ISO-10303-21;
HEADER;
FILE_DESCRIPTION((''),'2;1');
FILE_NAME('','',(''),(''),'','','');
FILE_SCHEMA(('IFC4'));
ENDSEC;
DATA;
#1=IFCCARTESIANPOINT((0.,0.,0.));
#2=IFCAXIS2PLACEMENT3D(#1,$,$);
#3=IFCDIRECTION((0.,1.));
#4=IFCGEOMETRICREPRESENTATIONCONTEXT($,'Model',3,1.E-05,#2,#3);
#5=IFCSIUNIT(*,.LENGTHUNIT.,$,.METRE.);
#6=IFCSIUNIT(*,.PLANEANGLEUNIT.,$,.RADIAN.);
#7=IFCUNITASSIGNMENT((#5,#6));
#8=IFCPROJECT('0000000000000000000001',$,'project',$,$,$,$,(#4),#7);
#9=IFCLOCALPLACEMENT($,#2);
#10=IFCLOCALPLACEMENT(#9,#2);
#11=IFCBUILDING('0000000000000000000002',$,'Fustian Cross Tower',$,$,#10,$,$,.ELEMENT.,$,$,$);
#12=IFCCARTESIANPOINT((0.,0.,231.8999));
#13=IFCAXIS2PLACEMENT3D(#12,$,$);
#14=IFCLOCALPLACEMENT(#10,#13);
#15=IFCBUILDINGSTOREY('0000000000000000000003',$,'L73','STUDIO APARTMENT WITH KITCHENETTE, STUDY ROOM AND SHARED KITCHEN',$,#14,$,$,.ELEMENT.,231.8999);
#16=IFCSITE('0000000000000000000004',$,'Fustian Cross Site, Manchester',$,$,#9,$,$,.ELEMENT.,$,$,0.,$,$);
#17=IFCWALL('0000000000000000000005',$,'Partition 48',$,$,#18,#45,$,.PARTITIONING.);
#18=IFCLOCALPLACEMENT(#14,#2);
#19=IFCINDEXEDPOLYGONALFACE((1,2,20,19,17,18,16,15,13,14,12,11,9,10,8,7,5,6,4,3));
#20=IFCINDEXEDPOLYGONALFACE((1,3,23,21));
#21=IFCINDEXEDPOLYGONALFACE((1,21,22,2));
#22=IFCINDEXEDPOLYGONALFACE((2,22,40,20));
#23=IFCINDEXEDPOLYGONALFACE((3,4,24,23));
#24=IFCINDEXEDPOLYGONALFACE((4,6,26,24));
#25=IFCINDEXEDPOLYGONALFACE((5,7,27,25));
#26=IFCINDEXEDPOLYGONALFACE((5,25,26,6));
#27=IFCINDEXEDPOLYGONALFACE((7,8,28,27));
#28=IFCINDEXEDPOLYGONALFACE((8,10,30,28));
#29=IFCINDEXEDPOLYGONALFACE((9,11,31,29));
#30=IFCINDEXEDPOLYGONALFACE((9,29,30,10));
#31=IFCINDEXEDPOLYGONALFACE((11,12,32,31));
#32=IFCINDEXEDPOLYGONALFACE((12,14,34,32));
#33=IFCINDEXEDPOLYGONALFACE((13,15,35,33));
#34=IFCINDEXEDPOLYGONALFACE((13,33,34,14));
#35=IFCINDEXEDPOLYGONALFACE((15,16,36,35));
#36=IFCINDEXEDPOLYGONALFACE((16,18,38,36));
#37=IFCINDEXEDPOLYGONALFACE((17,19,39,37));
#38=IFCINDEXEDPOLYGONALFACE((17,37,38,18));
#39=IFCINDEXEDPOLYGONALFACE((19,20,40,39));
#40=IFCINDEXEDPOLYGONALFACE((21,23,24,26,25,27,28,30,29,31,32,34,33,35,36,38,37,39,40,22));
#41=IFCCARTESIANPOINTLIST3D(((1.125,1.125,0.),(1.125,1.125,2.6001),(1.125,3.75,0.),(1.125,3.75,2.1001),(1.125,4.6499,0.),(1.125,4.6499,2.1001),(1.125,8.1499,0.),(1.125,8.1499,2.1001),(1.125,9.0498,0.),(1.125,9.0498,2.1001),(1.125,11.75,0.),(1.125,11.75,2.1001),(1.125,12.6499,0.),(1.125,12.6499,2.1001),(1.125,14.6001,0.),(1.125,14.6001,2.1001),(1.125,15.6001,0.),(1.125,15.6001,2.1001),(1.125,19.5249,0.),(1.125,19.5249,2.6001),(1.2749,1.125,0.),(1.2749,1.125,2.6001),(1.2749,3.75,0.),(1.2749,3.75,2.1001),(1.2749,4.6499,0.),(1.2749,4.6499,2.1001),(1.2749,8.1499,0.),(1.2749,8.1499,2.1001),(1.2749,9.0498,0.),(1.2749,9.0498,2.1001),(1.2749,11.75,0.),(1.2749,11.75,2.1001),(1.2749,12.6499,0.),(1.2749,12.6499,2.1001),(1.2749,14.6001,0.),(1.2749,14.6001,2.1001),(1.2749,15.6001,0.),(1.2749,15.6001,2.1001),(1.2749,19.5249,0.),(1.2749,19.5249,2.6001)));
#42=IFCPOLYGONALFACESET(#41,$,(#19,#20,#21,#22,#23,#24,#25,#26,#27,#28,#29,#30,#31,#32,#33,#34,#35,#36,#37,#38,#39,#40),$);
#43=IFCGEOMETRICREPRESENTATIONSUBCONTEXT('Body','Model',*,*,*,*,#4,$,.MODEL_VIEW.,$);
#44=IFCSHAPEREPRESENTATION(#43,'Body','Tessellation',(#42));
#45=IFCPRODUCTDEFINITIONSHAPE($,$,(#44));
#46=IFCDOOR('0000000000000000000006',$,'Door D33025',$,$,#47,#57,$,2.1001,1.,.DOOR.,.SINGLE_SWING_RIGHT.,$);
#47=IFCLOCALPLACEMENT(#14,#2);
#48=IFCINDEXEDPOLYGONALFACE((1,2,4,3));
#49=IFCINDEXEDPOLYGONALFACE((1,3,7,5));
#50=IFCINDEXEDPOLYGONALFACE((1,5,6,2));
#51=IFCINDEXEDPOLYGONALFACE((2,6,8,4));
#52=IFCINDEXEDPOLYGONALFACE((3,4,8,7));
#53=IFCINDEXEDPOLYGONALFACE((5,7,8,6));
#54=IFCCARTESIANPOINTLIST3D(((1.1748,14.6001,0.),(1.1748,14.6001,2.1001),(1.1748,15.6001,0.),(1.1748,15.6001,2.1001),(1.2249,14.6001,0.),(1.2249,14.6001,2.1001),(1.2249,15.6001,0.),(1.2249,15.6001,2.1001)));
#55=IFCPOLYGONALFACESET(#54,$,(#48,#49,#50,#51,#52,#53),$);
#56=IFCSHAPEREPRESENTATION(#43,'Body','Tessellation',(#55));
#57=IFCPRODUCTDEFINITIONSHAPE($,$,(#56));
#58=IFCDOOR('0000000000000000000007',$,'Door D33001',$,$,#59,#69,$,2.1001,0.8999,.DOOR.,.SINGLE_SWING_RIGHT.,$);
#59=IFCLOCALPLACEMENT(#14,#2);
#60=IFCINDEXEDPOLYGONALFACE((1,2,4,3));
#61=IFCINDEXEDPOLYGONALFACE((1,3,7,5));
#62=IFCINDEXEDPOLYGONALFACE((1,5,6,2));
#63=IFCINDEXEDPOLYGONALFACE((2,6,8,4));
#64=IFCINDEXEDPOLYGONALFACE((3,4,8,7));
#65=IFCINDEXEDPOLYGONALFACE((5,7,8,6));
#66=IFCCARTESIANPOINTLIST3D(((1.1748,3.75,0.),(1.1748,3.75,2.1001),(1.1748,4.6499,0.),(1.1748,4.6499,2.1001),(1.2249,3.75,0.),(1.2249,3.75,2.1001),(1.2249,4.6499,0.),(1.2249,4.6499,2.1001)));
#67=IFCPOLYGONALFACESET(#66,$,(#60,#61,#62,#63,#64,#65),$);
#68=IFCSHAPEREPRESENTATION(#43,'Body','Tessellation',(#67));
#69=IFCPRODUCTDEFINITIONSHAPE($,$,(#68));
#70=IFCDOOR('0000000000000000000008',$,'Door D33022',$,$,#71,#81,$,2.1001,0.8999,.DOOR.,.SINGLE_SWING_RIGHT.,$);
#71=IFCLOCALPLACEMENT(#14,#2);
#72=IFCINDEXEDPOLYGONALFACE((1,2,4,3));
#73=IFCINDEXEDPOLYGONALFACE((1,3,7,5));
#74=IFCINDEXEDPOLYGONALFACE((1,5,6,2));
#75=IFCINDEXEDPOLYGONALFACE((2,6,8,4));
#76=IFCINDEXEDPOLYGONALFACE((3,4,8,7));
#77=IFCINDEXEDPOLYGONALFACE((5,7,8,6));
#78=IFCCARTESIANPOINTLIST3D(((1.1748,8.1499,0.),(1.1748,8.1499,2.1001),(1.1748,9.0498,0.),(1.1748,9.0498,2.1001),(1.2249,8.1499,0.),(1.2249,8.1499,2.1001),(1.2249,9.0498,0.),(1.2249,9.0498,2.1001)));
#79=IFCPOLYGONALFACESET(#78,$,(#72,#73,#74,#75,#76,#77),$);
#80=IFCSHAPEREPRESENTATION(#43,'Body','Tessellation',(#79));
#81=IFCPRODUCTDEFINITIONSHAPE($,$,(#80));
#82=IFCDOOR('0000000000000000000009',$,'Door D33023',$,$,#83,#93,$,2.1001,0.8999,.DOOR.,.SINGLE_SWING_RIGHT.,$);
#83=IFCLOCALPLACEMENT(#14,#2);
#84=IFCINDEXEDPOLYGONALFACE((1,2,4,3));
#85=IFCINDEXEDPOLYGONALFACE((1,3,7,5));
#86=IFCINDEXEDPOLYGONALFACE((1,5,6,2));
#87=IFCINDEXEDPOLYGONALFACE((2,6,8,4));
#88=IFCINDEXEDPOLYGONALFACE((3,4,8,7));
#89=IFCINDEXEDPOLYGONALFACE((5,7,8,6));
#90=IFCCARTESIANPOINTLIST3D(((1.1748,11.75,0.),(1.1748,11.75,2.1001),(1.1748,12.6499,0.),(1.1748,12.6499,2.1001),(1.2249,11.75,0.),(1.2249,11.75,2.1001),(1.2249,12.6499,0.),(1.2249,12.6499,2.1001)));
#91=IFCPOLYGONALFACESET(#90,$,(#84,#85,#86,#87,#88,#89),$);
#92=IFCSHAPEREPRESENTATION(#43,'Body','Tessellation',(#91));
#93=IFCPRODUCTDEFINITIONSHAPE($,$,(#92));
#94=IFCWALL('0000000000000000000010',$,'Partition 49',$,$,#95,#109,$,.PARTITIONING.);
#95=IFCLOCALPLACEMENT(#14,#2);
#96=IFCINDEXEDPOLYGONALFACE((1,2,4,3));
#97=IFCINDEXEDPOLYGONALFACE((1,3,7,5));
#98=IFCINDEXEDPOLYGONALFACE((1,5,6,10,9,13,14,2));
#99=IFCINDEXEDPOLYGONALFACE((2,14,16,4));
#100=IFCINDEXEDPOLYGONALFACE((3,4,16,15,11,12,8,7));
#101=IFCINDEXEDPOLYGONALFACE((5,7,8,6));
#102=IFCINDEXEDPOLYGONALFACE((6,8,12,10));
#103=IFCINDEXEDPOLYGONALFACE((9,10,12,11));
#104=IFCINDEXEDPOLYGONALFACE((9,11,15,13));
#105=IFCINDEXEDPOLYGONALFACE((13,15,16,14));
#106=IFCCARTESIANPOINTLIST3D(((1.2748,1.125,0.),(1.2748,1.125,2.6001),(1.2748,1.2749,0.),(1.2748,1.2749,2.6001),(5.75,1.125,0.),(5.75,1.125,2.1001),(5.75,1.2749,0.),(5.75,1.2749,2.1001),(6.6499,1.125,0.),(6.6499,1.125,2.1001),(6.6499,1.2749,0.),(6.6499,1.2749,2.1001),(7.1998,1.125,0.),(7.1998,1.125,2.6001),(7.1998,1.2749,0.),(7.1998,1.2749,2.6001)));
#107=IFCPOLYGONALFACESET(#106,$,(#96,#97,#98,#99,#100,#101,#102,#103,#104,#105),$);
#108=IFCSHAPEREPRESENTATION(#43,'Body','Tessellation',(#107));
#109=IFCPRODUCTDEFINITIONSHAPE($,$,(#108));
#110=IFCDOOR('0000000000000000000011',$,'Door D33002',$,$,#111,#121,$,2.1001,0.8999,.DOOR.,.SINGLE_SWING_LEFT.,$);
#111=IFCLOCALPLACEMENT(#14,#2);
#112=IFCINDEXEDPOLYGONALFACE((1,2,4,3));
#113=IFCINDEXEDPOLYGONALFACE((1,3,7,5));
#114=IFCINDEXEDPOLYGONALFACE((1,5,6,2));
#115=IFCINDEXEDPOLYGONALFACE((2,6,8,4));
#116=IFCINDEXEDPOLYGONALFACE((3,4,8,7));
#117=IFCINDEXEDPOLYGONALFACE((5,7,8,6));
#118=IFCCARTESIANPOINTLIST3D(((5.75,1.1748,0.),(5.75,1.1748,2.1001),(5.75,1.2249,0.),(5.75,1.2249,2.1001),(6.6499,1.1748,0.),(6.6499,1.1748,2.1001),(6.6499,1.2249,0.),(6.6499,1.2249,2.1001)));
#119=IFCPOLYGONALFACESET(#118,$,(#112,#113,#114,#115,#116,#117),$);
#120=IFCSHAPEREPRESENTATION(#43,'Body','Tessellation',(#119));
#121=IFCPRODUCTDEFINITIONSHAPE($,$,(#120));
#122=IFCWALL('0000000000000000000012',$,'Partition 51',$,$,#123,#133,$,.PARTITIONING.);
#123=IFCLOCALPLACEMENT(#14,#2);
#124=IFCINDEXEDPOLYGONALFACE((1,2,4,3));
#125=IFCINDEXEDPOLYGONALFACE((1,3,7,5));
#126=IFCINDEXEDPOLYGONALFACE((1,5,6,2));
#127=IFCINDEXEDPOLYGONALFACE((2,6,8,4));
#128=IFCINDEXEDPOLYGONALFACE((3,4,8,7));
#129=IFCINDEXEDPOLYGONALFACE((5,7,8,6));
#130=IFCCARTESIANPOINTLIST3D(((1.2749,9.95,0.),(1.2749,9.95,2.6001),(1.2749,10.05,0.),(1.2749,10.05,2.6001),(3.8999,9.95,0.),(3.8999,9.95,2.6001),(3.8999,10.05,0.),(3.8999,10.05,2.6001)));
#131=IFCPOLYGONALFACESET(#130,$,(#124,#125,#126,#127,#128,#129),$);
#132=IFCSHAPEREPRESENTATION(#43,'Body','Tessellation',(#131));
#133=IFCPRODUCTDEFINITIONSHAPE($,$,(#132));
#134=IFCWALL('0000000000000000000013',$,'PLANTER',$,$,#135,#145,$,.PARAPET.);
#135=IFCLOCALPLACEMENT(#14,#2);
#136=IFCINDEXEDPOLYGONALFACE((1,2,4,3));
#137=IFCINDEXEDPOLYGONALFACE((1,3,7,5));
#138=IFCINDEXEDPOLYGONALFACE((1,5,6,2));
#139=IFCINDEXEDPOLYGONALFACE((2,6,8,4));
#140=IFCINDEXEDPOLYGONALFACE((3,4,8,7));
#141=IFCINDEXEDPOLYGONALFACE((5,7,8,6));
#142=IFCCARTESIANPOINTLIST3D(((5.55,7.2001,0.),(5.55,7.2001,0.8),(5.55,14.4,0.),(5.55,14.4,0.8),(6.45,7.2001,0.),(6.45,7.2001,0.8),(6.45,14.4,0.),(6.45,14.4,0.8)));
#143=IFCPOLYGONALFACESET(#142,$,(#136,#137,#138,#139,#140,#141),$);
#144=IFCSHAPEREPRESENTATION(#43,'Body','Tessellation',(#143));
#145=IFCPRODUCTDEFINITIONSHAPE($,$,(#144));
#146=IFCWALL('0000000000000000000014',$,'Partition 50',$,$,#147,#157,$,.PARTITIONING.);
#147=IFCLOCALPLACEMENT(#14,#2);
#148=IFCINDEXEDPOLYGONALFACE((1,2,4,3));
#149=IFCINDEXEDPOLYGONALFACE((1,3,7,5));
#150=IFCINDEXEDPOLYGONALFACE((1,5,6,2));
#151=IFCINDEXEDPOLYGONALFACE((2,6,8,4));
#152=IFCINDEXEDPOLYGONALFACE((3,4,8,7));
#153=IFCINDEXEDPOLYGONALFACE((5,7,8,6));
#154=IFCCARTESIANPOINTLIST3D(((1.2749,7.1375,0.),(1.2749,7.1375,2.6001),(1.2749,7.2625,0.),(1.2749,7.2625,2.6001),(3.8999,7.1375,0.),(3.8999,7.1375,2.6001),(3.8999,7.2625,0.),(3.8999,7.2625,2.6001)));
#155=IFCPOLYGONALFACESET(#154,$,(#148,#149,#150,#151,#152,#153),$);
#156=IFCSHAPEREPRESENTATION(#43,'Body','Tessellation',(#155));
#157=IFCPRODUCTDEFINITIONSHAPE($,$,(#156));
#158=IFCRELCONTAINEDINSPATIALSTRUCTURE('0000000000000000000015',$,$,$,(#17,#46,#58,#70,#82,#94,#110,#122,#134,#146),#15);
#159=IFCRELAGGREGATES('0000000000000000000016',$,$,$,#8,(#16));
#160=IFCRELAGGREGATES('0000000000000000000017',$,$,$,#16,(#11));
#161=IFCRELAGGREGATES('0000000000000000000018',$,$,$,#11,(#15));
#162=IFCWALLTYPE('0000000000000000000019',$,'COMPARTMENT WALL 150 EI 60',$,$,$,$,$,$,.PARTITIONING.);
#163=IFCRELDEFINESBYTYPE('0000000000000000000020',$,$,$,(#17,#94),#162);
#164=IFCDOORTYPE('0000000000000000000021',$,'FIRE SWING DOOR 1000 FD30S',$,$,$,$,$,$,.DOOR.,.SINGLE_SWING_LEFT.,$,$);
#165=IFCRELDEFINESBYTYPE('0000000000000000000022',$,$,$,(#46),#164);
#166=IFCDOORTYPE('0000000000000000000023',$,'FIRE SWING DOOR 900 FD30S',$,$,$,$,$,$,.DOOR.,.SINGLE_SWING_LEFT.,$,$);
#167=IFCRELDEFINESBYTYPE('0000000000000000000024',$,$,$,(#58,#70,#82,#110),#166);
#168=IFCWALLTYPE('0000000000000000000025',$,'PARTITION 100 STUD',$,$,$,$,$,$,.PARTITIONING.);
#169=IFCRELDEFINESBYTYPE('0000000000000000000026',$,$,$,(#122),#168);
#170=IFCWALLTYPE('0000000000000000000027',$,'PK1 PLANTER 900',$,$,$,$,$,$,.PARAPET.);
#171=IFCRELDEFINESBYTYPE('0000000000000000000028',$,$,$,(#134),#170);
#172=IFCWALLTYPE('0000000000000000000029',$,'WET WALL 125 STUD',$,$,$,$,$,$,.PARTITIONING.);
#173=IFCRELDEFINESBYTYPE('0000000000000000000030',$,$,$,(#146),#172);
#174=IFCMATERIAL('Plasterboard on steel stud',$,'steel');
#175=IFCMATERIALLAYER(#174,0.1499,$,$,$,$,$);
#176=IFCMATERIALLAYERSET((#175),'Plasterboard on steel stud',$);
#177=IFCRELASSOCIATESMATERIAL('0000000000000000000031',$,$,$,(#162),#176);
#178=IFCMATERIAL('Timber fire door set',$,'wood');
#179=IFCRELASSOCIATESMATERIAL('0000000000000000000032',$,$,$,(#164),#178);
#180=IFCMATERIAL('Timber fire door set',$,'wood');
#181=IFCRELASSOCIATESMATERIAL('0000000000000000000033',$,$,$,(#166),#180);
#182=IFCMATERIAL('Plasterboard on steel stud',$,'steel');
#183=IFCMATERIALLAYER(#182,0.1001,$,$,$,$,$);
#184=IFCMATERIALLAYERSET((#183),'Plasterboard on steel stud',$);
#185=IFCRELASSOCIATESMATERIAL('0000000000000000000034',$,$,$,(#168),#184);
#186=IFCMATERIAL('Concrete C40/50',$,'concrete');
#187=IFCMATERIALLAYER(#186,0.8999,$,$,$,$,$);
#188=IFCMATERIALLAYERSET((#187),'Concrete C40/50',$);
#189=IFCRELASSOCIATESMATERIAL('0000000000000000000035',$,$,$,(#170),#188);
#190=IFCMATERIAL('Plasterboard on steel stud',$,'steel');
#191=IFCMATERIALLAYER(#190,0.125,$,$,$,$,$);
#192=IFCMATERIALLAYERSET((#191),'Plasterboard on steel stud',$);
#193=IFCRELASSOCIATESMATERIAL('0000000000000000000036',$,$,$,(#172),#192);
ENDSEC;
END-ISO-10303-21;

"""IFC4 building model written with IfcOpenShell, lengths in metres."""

from ifc_helpers import new_model, si_unit, direction, frame, frame_2d, origin, place, context, subcontext, project, spatial, rectangle, extrude, material, layer, layer_set, type_object, element, fill, save


model = new_model("IFC4")

# Units and contexts
model_context = context("Model", 3, precision=1e-05, world=origin(), true_north=direction((0.0, 1.0)))
body_context = subcontext(model_context, "Body", "Model", "MODEL_VIEW")
ifc_project = project(units=[si_unit("LENGTHUNIT", "METRE"), si_unit("PLANEANGLEUNIT", "RADIAN")], contexts=[model_context])

# Site, building, storey
site_placement = place(None, origin())
site = spatial("IfcSite", under=ifc_project, at=site_placement, Name="Fustian Cross Site, Manchester", CompositionType="ELEMENT", RefElevation=0.0)
building_placement = place(site_placement, origin())
building = spatial("IfcBuilding", under=site, at=building_placement, Name="Fustian Cross Tower", CompositionType="ELEMENT")
storey_placement = place(building_placement, frame((0.0, 0.0, 231.8999)))
storey = spatial("IfcBuildingStorey", under=building, at=storey_placement, Name="L73", Description="STUDIO APARTMENT WITH KITCHENETTE, STUDY ROOM AND SHARED KITCHEN", CompositionType="ELEMENT", Elevation=231.8999)

# Wall, openings, doors
ifc_material_1 = material(Name="Plasterboard on steel stud", Category="steel")
ifc_layer_1 = layer(ifc_material_1, 0.1499)
ifc_layer_set_1 = layer_set([ifc_layer_1], Name="Plasterboard on steel stud")
wall_type_1 = type_object("IfcWallType", Name="COMPARTMENT WALL 150 EI 60", PredefinedType="PARTITIONING", material=ifc_layer_set_1)
wall_1_placement = place(storey_placement, frame((1.2, 1.125, 0.0), z_axis=(0.0, 0.0, 1.0), x_axis=(0.0, 1.0, 0.0)))
wall_1 = element("IfcWall", 1, at=wall_1_placement, inside=storey, type_object=wall_type_1, Name="Partition 48", PredefinedType="PARTITIONING", context=body_context, shape_type="SweptSolid", body=[
    extrude(rectangle(XDim=18.3999, YDim=0.1499, at=frame_2d((9.2, 0.0))), origin(), (0.0, 0.0, 1.0), 2.6001),
])
opening_1_placement = place(wall_1_placement, frame((2.625, 0.0, 0.0)))
opening_1 = element("IfcOpeningElement", 2, at=opening_1_placement, cuts=wall_1, PredefinedType="OPENING", context=body_context, shape_type="SweptSolid", body=[
    extrude(rectangle(XDim=0.8999, YDim=2.1001, at=frame_2d((0.45, 1.05))), frame((0.0, 0.085, 0.0), z_axis=(0.0, -1.0, 0.0), x_axis=(1.0, 0.0, 0.0)), (0.0, 0.0, 1.0), 0.1699),
])
opening_2_placement = place(wall_1_placement, frame((7.0249, 0.0, 0.0)))
opening_2 = element("IfcOpeningElement", 3, at=opening_2_placement, cuts=wall_1, PredefinedType="OPENING", context=body_context, shape_type="SweptSolid", body=[
    extrude(rectangle(XDim=0.8999, YDim=2.1001, at=frame_2d((0.45, 1.05))), frame((0.0, 0.085, 0.0), z_axis=(0.0, -1.0, 0.0), x_axis=(1.0, 0.0, 0.0)), (0.0, 0.0, 1.0), 0.1699),
])
opening_3_placement = place(wall_1_placement, frame((10.625, 0.0, 0.0)))
opening_3 = element("IfcOpeningElement", 4, at=opening_3_placement, cuts=wall_1, PredefinedType="OPENING", context=body_context, shape_type="SweptSolid", body=[
    extrude(rectangle(XDim=0.8999, YDim=2.1001, at=frame_2d((0.45, 1.05))), frame((0.0, 0.085, 0.0), z_axis=(0.0, -1.0, 0.0), x_axis=(1.0, 0.0, 0.0)), (0.0, 0.0, 1.0), 0.1699),
])
opening_4_placement = place(wall_1_placement, frame((13.4751, 0.0, 0.0)))
opening_4 = element("IfcOpeningElement", 5, at=opening_4_placement, cuts=wall_1, PredefinedType="OPENING", context=body_context, shape_type="SweptSolid", body=[
    extrude(rectangle(XDim=1.0, YDim=2.1001, at=frame_2d((0.5, 1.05))), frame((0.0, 0.085, 0.0), z_axis=(0.0, -1.0, 0.0), x_axis=(1.0, 0.0, 0.0)), (0.0, 0.0, 1.0), 0.1699),
])
ifc_material_2 = material(Name="Timber fire door set", Category="wood")
door_type_1 = type_object("IfcDoorType", Name="FIRE SWING DOOR 1000 FD30S", OperationType="SINGLE_SWING_LEFT", PredefinedType="DOOR", material=ifc_material_2)
door_1_placement = place(opening_4_placement, frame((1.0, 0.0, 0.0), z_axis=(0.0, 0.0, 1.0), x_axis=(-1.0, 0.0, 0.0)))
door_1 = element("IfcDoor", 6, at=door_1_placement, inside=storey, type_object=door_type_1, Name="Door D33025", OperationType="SINGLE_SWING_RIGHT", OverallHeight=2.1001, OverallWidth=1.0, PredefinedType="DOOR", context=body_context, shape_type="SweptSolid", body=[
    extrude(rectangle(XDim=1.0, YDim=2.1001, at=frame_2d((0.5, 1.05))), frame((0.0, 0.0249, 0.0), z_axis=(0.0, -1.0, 0.0), x_axis=(1.0, 0.0, 0.0)), (0.0, 0.0, 1.0), 0.05),
])
fill(opening_4, door_1)
ifc_material_3 = material(Name="Timber fire door set", Category="wood")
door_type_2 = type_object("IfcDoorType", Name="FIRE SWING DOOR 900 FD30S", OperationType="SINGLE_SWING_LEFT", PredefinedType="DOOR", material=ifc_material_3)
door_2_placement = place(opening_1_placement, frame((0.8999, 0.0, 0.0), z_axis=(0.0, 0.0, 1.0), x_axis=(-1.0, 0.0, 0.0)))
door_2 = element("IfcDoor", 7, at=door_2_placement, inside=storey, type_object=door_type_2, Name="Door D33001", OperationType="SINGLE_SWING_RIGHT", OverallHeight=2.1001, OverallWidth=0.8999, PredefinedType="DOOR", context=body_context, shape_type="SweptSolid", body=[
    extrude(rectangle(XDim=0.8999, YDim=2.1001, at=frame_2d((0.45, 1.05))), frame((0.0, 0.0249, 0.0), z_axis=(0.0, -1.0, 0.0), x_axis=(1.0, 0.0, 0.0)), (0.0, 0.0, 1.0), 0.05),
])
fill(opening_1, door_2)
door_3_placement = place(opening_2_placement, frame((0.8999, 0.0, 0.0), z_axis=(0.0, 0.0, 1.0), x_axis=(-1.0, 0.0, 0.0)))
door_3 = element("IfcDoor", 8, at=door_3_placement, inside=storey, type_object=door_type_2, Name="Door D33022", OperationType="SINGLE_SWING_RIGHT", OverallHeight=2.1001, OverallWidth=0.8999, PredefinedType="DOOR", context=body_context, shape_type="SweptSolid", body=[
    extrude(rectangle(XDim=0.8999, YDim=2.1001, at=frame_2d((0.45, 1.05))), frame((0.0, 0.0249, 0.0), z_axis=(0.0, -1.0, 0.0), x_axis=(1.0, 0.0, 0.0)), (0.0, 0.0, 1.0), 0.05),
])
fill(opening_2, door_3)
door_4_placement = place(opening_3_placement, frame((0.8999, 0.0, 0.0), z_axis=(0.0, 0.0, 1.0), x_axis=(-1.0, 0.0, 0.0)))
door_4 = element("IfcDoor", 9, at=door_4_placement, inside=storey, type_object=door_type_2, Name="Door D33023", OperationType="SINGLE_SWING_RIGHT", OverallHeight=2.1001, OverallWidth=0.8999, PredefinedType="DOOR", context=body_context, shape_type="SweptSolid", body=[
    extrude(rectangle(XDim=0.8999, YDim=2.1001, at=frame_2d((0.45, 1.05))), frame((0.0, 0.0249, 0.0), z_axis=(0.0, -1.0, 0.0), x_axis=(1.0, 0.0, 0.0)), (0.0, 0.0, 1.0), 0.05),
])
fill(opening_3, door_4)

# Wall, opening, door
wall_2_placement = place(storey_placement, frame((1.2749, 1.2, 0.0), z_axis=(0.0, 0.0, 1.0), x_axis=(1.0, 0.0, 0.0)))
wall_2 = element("IfcWall", 10, at=wall_2_placement, inside=storey, type_object=wall_type_1, Name="Partition 49", PredefinedType="PARTITIONING", context=body_context, shape_type="SweptSolid", body=[
    extrude(rectangle(XDim=5.925, YDim=0.1499, at=frame_2d((2.9624, 0.0))), origin(), (0.0, 0.0, 1.0), 2.6001),
])
opening_5_placement = place(wall_2_placement, frame((4.4751, 0.0, 0.0)))
opening_5 = element("IfcOpeningElement", 11, at=opening_5_placement, cuts=wall_2, PredefinedType="OPENING", context=body_context, shape_type="SweptSolid", body=[
    extrude(rectangle(XDim=0.8999, YDim=2.1001, at=frame_2d((0.45, 1.05))), frame((0.0, 0.085, 0.0), z_axis=(0.0, -1.0, 0.0), x_axis=(1.0, 0.0, 0.0)), (0.0, 0.0, 1.0), 0.1699),
])
door_5_placement = place(opening_5_placement, origin())
door_5 = element("IfcDoor", 12, at=door_5_placement, inside=storey, type_object=door_type_2, Name="Door D33002", OperationType="SINGLE_SWING_LEFT", OverallHeight=2.1001, OverallWidth=0.8999, PredefinedType="DOOR", context=body_context, shape_type="SweptSolid", body=[
    extrude(rectangle(XDim=0.8999, YDim=2.1001, at=frame_2d((0.45, 1.05))), frame((0.0, 0.0249, 0.0), z_axis=(0.0, -1.0, 0.0), x_axis=(1.0, 0.0, 0.0)), (0.0, 0.0, 1.0), 0.05),
])
fill(opening_5, door_5)

# Walls
ifc_material_4 = material(Name="Plasterboard on steel stud", Category="steel")
ifc_layer_2 = layer(ifc_material_4, 0.1001)
ifc_layer_set_2 = layer_set([ifc_layer_2], Name="Plasterboard on steel stud")
wall_type_2 = type_object("IfcWallType", Name="PARTITION 100 STUD", PredefinedType="PARTITIONING", material=ifc_layer_set_2)
wall_3_placement = place(storey_placement, frame((1.2749, 10.0, 0.0), z_axis=(0.0, 0.0, 1.0), x_axis=(1.0, 0.0, 0.0)))
element("IfcWall", 13, at=wall_3_placement, inside=storey, type_object=wall_type_2, Name="Partition 51", PredefinedType="PARTITIONING", context=body_context, shape_type="SweptSolid", body=[
    extrude(rectangle(XDim=2.625, YDim=0.1001, at=frame_2d((1.3125, 0.0))), origin(), (0.0, 0.0, 1.0), 2.6001),
])
ifc_material_5 = material(Name="Concrete C40/50", Category="concrete")
ifc_layer_3 = layer(ifc_material_5, 0.8999)
ifc_layer_set_3 = layer_set([ifc_layer_3], Name="Concrete C40/50")
wall_type_3 = type_object("IfcWallType", Name="PK1 PLANTER 900", PredefinedType="PARAPET", material=ifc_layer_set_3)
wall_4_placement = place(storey_placement, frame((6.0, 7.2, 0.0), z_axis=(0.0, 0.0, 1.0), x_axis=(0.0, 1.0, 0.0)))
element("IfcWall", 14, at=wall_4_placement, inside=storey, type_object=wall_type_3, Name="PLANTER", PredefinedType="PARAPET", context=body_context, shape_type="SweptSolid", body=[
    extrude(rectangle(XDim=7.2, YDim=0.8999, at=frame_2d((3.6001, 0.0))), origin(), (0.0, 0.0, 1.0), 0.8),
])
ifc_material_6 = material(Name="Plasterboard on steel stud", Category="steel")
ifc_layer_4 = layer(ifc_material_6, 0.125)
ifc_layer_set_4 = layer_set([ifc_layer_4], Name="Plasterboard on steel stud")
wall_type_4 = type_object("IfcWallType", Name="WET WALL 125 STUD", PredefinedType="PARTITIONING", material=ifc_layer_set_4)
wall_5_placement = place(storey_placement, frame((1.2749, 7.2, 0.0), z_axis=(0.0, 0.0, 1.0), x_axis=(1.0, 0.0, 0.0)))
element("IfcWall", 15, at=wall_5_placement, inside=storey, type_object=wall_type_4, Name="Partition 50", PredefinedType="PARTITIONING", context=body_context, shape_type="SweptSolid", body=[
    extrude(rectangle(XDim=2.625, YDim=0.125, at=frame_2d((1.3125, 0.0))), origin(), (0.0, 0.0, 1.0), 2.6001),
])

save(model, "model.ifc")
